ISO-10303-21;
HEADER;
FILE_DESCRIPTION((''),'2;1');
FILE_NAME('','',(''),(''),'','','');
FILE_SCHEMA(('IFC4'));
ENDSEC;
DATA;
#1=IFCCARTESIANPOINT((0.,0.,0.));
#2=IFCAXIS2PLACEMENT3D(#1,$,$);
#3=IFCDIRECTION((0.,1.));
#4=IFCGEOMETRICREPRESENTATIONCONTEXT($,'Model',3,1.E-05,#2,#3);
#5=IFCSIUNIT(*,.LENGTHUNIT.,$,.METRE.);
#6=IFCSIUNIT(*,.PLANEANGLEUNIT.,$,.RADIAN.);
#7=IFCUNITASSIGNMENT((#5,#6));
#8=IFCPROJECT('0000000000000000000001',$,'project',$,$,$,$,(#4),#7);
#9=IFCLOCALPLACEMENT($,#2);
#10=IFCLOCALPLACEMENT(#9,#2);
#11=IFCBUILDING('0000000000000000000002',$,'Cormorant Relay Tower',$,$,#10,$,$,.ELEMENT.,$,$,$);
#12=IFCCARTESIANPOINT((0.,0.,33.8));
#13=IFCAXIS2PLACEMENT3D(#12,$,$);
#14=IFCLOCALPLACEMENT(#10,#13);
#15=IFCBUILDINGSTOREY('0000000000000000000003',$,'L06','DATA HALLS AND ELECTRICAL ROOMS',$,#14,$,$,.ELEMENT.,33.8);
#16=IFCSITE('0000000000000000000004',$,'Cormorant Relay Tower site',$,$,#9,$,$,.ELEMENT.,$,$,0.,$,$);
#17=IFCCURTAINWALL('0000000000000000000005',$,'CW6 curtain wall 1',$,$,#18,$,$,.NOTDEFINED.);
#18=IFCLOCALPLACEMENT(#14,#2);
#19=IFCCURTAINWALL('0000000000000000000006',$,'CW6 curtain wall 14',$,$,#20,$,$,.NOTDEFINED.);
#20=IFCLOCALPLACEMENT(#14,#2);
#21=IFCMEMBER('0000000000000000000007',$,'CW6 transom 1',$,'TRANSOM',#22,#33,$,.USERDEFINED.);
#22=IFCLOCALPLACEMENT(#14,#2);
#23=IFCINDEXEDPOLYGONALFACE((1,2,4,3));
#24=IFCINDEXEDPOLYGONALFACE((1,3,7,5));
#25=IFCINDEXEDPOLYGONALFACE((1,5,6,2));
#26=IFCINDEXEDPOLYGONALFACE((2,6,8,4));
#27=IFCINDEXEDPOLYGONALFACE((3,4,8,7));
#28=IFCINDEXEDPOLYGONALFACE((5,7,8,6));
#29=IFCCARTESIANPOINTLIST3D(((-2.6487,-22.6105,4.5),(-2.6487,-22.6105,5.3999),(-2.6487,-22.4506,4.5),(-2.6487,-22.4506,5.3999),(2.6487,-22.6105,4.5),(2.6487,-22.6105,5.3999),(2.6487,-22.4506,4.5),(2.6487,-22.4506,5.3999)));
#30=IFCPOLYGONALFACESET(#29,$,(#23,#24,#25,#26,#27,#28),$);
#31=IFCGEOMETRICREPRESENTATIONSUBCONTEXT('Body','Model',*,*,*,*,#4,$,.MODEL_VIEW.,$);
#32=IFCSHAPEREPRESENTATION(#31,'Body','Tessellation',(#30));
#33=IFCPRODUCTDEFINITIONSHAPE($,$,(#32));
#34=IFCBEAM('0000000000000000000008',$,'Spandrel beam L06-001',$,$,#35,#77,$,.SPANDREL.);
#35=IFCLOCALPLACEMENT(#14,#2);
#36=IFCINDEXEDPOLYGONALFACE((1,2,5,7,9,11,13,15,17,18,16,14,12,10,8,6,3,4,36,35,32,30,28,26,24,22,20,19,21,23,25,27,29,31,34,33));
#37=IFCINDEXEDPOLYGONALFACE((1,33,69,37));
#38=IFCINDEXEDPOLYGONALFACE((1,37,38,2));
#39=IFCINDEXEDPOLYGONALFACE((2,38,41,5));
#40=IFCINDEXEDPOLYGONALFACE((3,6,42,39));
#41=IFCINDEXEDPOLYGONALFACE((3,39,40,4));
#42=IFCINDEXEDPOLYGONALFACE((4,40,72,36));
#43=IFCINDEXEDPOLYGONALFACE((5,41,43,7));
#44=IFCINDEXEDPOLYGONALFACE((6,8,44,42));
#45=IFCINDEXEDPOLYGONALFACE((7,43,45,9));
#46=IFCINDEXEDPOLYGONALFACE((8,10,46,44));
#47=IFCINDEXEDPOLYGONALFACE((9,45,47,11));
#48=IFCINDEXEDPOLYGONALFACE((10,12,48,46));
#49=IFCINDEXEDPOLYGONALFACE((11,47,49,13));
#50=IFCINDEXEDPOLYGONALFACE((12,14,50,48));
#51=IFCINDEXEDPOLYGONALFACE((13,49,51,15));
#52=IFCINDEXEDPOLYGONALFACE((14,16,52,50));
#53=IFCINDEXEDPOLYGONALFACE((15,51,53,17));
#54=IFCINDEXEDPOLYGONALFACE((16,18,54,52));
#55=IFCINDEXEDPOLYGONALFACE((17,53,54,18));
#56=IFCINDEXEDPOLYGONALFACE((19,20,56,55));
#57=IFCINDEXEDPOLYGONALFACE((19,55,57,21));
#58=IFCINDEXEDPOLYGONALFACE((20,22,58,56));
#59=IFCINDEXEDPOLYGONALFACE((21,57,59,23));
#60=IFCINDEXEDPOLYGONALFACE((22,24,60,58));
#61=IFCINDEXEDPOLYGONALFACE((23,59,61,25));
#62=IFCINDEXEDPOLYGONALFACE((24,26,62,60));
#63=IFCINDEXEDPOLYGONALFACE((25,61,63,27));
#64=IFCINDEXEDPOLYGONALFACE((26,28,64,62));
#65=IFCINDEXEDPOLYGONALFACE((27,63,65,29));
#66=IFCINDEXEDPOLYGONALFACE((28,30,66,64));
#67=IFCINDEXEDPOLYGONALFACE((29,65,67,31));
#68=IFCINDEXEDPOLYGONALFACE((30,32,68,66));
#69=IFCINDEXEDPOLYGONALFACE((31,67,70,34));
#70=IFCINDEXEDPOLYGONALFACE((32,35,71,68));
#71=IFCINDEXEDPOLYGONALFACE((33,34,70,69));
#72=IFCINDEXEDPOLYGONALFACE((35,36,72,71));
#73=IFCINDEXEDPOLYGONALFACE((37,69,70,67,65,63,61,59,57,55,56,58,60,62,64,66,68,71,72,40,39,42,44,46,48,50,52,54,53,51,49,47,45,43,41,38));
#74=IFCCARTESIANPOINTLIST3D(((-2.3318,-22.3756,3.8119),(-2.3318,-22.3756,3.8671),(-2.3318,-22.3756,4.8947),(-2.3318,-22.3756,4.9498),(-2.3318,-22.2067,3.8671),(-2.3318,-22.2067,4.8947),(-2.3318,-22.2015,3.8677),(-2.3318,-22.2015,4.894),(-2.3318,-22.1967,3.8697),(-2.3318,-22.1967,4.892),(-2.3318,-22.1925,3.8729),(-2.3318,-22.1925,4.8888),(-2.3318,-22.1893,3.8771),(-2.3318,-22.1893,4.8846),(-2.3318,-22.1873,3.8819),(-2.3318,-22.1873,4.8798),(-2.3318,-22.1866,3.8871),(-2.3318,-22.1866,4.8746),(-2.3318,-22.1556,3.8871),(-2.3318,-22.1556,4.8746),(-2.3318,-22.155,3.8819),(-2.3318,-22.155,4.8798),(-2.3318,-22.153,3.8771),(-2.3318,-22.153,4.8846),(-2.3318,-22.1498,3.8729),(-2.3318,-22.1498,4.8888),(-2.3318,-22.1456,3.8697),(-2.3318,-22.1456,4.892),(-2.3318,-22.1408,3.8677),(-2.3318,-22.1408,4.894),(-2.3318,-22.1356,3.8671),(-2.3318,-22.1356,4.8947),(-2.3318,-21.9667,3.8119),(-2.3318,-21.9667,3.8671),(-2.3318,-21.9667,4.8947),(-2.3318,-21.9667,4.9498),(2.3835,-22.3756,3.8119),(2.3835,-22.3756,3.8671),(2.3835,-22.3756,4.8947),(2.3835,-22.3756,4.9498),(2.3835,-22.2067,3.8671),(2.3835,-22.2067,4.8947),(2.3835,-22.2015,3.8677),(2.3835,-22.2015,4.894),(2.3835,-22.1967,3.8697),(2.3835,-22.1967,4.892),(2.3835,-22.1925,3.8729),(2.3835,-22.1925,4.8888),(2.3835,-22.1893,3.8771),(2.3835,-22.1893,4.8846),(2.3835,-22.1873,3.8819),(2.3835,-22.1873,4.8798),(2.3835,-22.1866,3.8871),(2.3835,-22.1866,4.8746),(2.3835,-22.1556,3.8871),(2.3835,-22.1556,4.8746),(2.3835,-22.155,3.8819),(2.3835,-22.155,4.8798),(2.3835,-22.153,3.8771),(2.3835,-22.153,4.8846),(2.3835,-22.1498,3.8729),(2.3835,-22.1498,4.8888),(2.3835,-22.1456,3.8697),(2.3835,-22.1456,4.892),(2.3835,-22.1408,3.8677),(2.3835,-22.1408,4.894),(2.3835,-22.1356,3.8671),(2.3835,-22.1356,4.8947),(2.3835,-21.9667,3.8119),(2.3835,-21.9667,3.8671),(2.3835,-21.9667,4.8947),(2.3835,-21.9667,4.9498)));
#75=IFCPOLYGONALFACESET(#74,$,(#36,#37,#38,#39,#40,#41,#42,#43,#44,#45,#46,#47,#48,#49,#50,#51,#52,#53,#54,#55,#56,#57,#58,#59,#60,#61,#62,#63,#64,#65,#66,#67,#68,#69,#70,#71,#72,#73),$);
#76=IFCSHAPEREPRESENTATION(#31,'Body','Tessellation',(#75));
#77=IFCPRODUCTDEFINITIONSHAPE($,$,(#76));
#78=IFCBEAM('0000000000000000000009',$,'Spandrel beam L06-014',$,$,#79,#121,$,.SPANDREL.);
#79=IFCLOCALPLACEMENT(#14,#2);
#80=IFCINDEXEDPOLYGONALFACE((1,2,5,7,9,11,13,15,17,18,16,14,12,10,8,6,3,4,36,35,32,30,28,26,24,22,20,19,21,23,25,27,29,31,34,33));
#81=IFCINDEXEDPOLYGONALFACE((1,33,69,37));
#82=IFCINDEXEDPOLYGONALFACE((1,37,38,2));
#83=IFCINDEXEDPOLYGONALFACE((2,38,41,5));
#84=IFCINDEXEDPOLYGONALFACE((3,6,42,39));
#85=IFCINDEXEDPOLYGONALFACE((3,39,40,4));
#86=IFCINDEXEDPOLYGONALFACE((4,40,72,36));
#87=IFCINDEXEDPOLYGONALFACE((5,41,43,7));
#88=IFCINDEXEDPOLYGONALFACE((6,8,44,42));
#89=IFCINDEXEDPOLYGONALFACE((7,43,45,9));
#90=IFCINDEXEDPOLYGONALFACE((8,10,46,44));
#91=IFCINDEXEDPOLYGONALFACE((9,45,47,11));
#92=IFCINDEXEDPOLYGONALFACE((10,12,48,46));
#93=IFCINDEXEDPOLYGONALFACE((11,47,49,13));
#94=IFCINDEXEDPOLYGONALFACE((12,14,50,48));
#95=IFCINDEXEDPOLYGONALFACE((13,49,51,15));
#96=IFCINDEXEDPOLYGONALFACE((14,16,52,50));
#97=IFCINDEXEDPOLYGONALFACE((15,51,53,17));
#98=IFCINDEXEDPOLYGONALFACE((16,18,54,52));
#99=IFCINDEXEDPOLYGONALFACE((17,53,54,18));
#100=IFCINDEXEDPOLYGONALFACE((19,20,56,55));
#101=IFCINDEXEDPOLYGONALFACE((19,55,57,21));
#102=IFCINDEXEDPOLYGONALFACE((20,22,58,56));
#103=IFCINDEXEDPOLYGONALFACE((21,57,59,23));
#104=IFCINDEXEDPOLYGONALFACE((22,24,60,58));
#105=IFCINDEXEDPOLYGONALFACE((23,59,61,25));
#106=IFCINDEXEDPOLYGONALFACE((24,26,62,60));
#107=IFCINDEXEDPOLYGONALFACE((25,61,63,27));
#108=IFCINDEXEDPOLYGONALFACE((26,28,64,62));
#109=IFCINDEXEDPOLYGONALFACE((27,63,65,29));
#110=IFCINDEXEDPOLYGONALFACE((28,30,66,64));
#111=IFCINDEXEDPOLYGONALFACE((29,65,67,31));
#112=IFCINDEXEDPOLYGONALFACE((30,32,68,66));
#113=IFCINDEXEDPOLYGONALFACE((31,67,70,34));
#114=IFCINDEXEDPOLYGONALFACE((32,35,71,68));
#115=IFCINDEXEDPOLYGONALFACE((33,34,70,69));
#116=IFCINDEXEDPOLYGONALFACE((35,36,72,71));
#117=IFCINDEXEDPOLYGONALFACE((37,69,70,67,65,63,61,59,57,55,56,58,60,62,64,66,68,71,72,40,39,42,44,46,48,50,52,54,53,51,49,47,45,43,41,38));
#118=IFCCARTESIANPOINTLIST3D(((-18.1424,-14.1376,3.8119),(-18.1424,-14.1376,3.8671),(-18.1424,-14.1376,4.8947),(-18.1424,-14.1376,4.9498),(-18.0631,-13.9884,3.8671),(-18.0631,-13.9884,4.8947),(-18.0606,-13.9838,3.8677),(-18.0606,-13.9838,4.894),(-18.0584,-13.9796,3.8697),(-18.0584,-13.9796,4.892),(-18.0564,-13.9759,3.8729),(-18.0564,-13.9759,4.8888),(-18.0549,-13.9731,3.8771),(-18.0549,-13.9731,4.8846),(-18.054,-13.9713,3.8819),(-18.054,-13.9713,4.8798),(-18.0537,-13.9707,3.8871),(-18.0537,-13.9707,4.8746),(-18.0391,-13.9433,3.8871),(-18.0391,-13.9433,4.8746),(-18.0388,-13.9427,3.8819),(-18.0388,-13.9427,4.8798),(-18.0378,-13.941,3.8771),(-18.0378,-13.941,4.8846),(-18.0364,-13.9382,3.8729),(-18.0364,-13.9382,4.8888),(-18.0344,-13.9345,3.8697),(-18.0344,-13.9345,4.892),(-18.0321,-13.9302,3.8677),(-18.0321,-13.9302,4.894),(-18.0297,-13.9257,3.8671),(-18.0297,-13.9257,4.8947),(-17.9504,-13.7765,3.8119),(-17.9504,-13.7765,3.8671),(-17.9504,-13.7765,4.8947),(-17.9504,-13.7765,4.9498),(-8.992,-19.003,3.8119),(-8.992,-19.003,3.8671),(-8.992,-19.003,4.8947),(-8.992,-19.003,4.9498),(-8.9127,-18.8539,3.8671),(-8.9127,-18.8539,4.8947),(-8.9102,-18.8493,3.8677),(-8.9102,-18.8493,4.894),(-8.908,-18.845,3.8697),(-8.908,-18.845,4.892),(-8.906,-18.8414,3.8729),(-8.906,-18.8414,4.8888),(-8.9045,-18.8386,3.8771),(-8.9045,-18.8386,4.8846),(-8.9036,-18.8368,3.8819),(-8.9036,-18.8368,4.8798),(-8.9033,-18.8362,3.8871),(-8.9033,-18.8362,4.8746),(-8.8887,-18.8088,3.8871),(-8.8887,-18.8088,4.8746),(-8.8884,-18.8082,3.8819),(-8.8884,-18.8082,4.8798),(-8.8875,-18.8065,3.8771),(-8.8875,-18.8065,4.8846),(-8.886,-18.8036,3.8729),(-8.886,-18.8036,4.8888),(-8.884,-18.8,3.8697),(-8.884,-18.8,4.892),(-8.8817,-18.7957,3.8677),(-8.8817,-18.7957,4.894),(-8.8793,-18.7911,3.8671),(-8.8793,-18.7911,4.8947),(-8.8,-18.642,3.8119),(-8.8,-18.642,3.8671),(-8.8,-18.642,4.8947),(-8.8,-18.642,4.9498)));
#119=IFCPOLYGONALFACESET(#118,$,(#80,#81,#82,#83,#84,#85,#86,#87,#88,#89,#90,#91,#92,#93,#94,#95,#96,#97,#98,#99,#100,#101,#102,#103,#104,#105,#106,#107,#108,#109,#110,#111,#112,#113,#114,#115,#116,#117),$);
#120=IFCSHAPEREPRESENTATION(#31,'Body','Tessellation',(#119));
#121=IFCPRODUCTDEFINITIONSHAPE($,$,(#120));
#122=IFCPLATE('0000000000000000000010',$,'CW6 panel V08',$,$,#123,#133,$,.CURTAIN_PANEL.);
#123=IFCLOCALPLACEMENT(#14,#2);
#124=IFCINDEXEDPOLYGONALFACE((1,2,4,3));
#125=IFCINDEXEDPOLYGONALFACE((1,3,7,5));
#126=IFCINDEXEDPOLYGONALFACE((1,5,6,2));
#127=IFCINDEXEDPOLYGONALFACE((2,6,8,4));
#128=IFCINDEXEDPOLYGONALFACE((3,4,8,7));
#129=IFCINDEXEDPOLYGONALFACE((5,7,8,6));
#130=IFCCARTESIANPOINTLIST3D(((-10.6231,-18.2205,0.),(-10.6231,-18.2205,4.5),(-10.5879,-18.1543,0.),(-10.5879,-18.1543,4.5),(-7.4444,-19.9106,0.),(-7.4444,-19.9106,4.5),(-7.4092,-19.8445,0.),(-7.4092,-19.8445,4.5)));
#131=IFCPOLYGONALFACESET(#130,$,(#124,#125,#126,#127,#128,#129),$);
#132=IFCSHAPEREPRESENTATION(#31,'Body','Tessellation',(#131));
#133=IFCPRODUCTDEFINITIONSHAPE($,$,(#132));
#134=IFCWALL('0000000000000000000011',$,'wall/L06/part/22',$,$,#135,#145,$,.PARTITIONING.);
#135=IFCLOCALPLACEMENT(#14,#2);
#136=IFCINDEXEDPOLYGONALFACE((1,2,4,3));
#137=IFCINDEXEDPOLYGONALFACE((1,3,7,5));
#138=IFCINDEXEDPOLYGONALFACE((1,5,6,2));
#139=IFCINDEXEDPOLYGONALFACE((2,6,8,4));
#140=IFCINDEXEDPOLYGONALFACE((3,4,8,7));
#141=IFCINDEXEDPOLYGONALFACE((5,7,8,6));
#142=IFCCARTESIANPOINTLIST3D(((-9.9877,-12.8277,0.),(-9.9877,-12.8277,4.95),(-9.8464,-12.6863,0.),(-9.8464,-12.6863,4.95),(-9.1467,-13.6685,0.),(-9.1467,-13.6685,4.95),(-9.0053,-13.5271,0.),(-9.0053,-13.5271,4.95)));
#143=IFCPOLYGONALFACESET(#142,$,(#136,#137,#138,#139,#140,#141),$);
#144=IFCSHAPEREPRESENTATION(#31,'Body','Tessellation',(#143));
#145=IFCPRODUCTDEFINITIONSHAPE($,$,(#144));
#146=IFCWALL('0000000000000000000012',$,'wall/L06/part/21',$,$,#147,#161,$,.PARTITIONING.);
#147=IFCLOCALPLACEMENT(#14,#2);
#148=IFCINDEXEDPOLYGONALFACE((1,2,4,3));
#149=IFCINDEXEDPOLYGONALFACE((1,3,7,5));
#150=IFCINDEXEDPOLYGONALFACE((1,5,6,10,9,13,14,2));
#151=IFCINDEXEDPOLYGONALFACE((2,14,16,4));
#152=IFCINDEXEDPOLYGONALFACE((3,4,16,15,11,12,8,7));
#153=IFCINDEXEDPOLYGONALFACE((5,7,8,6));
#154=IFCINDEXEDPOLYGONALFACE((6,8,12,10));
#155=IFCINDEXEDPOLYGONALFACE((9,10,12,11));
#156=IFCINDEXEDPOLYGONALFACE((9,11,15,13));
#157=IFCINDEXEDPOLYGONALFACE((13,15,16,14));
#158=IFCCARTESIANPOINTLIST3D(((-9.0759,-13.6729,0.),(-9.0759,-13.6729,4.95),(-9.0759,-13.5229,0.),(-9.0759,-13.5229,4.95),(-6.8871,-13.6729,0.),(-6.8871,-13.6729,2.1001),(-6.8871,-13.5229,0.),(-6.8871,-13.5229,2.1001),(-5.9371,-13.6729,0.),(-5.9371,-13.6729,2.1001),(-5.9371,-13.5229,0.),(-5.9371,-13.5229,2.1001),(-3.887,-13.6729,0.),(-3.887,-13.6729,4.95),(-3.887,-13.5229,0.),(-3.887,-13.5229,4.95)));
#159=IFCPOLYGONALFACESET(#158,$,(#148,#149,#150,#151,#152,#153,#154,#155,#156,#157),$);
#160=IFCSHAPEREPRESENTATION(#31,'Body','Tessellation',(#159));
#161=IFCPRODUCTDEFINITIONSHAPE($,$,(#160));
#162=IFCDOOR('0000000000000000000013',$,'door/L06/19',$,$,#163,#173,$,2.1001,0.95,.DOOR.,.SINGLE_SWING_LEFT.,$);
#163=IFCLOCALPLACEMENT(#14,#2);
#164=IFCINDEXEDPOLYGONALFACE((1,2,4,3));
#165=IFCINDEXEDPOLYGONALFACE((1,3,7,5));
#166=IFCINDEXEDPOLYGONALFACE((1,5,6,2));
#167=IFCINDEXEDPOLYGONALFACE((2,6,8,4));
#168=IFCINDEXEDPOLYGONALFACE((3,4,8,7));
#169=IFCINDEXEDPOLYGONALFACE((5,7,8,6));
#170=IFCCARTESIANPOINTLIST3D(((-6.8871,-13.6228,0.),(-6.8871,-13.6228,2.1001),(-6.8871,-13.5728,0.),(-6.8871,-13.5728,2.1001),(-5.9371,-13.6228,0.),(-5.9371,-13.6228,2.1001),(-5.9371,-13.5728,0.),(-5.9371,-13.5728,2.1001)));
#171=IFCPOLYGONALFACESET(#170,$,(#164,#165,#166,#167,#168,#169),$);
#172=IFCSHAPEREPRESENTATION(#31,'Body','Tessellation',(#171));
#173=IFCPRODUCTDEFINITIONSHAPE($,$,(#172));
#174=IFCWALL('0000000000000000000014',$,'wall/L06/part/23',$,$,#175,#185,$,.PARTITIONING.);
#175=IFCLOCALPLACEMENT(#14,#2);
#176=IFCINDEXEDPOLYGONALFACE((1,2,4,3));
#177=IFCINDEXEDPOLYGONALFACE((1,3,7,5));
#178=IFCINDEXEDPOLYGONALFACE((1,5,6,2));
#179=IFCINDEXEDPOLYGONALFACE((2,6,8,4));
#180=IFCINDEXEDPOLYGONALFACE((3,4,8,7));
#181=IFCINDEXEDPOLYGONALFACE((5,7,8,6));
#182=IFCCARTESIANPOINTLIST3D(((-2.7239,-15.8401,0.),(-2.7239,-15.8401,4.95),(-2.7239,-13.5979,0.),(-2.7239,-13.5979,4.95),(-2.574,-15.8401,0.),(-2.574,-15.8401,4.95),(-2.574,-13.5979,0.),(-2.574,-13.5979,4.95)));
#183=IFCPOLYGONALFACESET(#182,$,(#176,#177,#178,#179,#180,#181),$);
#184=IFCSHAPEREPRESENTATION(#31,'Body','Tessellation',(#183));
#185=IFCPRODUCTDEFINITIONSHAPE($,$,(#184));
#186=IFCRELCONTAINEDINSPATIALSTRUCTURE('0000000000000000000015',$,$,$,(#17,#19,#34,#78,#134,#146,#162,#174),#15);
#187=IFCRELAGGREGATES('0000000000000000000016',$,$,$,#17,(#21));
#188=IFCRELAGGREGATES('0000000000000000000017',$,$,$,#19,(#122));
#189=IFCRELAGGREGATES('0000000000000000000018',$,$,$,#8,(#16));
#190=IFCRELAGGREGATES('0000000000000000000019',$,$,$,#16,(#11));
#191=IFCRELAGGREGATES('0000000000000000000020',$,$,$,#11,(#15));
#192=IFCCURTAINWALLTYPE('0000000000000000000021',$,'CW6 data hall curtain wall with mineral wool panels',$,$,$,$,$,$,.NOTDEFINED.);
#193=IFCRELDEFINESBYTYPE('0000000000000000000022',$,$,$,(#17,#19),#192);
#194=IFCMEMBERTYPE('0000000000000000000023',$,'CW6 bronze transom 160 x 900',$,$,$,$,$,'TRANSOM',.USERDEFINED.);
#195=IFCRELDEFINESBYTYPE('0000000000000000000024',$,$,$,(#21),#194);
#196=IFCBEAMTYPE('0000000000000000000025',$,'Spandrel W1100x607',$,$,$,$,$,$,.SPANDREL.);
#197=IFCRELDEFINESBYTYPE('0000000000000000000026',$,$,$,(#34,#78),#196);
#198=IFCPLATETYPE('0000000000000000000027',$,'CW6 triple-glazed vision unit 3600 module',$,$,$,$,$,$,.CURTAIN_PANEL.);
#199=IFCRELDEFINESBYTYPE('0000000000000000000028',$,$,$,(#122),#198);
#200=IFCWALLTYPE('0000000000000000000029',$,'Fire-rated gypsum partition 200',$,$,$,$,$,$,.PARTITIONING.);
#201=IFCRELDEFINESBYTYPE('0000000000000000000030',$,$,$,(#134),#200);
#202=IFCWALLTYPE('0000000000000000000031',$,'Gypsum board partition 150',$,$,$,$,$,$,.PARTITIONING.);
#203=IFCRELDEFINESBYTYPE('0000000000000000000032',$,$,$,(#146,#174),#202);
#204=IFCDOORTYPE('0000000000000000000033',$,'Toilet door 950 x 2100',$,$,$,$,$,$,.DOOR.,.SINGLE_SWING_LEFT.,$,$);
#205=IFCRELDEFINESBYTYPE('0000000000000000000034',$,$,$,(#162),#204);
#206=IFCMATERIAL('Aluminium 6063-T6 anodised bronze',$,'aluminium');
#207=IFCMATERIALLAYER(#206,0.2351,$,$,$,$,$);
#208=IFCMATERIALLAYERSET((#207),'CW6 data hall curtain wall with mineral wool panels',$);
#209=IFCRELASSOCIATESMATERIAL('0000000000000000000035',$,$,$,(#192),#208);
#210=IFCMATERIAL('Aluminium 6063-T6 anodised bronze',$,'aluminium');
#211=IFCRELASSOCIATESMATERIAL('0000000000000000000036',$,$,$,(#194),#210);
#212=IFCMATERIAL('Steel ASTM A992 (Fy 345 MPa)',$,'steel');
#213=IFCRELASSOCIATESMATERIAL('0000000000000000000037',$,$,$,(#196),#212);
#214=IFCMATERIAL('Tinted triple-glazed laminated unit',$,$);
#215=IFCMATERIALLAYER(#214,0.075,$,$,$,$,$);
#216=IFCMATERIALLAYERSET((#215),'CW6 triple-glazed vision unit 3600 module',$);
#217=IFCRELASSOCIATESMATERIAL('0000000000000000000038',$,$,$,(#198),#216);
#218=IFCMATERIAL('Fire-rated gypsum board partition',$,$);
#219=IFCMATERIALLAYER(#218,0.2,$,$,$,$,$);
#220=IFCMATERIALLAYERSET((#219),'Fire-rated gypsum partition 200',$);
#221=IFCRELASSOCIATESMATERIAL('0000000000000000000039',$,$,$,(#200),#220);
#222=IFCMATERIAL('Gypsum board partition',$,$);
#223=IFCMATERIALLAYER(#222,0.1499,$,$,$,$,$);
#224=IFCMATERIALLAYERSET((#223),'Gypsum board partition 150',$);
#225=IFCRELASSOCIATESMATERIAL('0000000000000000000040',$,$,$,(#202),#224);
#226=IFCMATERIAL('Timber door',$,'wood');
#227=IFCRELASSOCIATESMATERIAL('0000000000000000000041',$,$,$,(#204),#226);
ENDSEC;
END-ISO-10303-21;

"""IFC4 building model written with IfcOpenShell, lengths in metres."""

from ifc_helpers import new_model, si_unit, direction, frame, frame_2d, origin, origin_2d, place, context, subcontext, project, spatial, rectangle, i_section, extrude, material, layer, layer_set, material_profile, profile_set, type_object, element, fill, aggregate, save


model = new_model("IFC4")

# Units and contexts
model_context = context("Model", 3, precision=1e-05, world=origin(), true_north=direction((0.0, 1.0)))
body_context = subcontext(model_context, "Body", "Model", "MODEL_VIEW")
ifc_project = project(units=[si_unit("LENGTHUNIT", "METRE"), si_unit("PLANEANGLEUNIT", "RADIAN")], contexts=[model_context])

# Site, building, storey
site_placement = place(None, origin())
site = spatial("IfcSite", under=ifc_project, at=site_placement, Name="Cormorant Relay Tower site", CompositionType="ELEMENT", RefElevation=0.0)
building_placement = place(site_placement, origin())
building = spatial("IfcBuilding", under=site, at=building_placement, Name="Cormorant Relay Tower", CompositionType="ELEMENT")
storey_placement = place(building_placement, frame((0.0, 0.0, 33.8)))
storey = spatial("IfcBuildingStorey", under=building, at=storey_placement, Name="L06", Description="DATA HALLS AND ELECTRICAL ROOMS", CompositionType="ELEMENT", Elevation=33.8)

# Curtain wall
ifc_material_1 = material(Name="Aluminium 6063-T6 anodised bronze", Category="aluminium")
ifc_layer_1 = layer(ifc_material_1, 0.2351)
ifc_layer_set_1 = layer_set([ifc_layer_1], Name="CW6 data hall curtain wall with mineral wool panels")
curtain_wall_type = type_object("IfcCurtainWallType", Name="CW6 data hall curtain wall with mineral wool panels", PredefinedType="NOTDEFINED", material=ifc_layer_set_1)
curtain_wall_1_placement = place(storey_placement, origin())
curtain_wall_1 = element("IfcCurtainWall", 1, at=curtain_wall_1_placement, inside=storey, type_object=curtain_wall_type, Name="CW6 curtain wall 1", PredefinedType="NOTDEFINED")

# Curtain wall
curtain_wall_2_placement = place(storey_placement, origin())
curtain_wall_2 = element("IfcCurtainWall", 2, at=curtain_wall_2_placement, inside=storey, type_object=curtain_wall_type, Name="CW6 curtain wall 14", PredefinedType="NOTDEFINED")

# Member
ifc_material_2 = material(Name="Aluminium 6063-T6 anodised bronze", Category="aluminium")
ifc_material_profile_1 = material_profile(ifc_material_2, rectangle(XDim=0.1599, YDim=0.8999, at=origin_2d()), Name="AL 160x900")
ifc_profile_set_1 = profile_set([ifc_material_profile_1], Name="Aluminium 6063-T6 anodised bronze")
member_type_1 = type_object("IfcMemberType", Name="CW6 bronze transom 160 x 900", ElementType="TRANSOM", PredefinedType="USERDEFINED", material=ifc_profile_set_1)
member_1_placement = place(storey_placement, frame((-2.6487, -22.5305, 4.95), z_axis=(1.0, 0.0, 0.0), x_axis=(0.0, 1.0, 0.0)))
member_1 = element("IfcMember", 3, at=member_1_placement, type_object=member_type_1, Name="CW6 transom 1", ObjectType="TRANSOM", PredefinedType="USERDEFINED", context=body_context, shape_type="SweptSolid", body=[
    extrude(rectangle(XDim=0.1599, YDim=0.8999, at=origin_2d()), origin(), (0.0, 0.0, 1.0), 5.2974),
])
aggregate(curtain_wall_1, [member_1])

# Beams
ifc_material_3 = material(Name="Steel ASTM A992 (Fy 345 MPa)", Category="steel")
ifc_material_profile_2 = material_profile(ifc_material_3, i_section(OverallWidth=0.4089, OverallDepth=1.1379, WebThickness=0.031, FlangeThickness=0.0552, FilletRadius=0.02, at=origin_2d()), Name="W1100x607")
ifc_profile_set_2 = profile_set([ifc_material_profile_2], Name="Steel ASTM A992 (Fy 345 MPa)")
beam_type = type_object("IfcBeamType", Name="Spandrel W1100x607", PredefinedType="SPANDREL", material=ifc_profile_set_2)
beam_1_placement = place(storey_placement, frame((-2.3318, -22.1711, 4.3809), z_axis=(1.0, 0.0, 0.0), x_axis=(0.0, 1.0, 0.0)))
element("IfcBeam", 4, at=beam_1_placement, inside=storey, type_object=beam_type, Name="Spandrel beam L06-001", PredefinedType="SPANDREL", context=body_context, shape_type="SweptSolid", body=[
    extrude(i_section(OverallWidth=0.4089, OverallDepth=1.1379, WebThickness=0.031, FlangeThickness=0.0552, FilletRadius=0.02, at=origin_2d()), origin(), (0.0, 0.0, 1.0), 4.7153),
])
beam_2_placement = place(storey_placement, frame((-18.0464, -13.957, 4.3809), z_axis=(0.882942, -0.469481, 0.0), x_axis=(0.469481, 0.882942, 0.0)))
element("IfcBeam", 5, at=beam_2_placement, inside=storey, type_object=beam_type, Name="Spandrel beam L06-014", PredefinedType="SPANDREL", context=body_context, shape_type="SweptSolid", body=[
    extrude(i_section(OverallWidth=0.4089, OverallDepth=1.1379, WebThickness=0.031, FlangeThickness=0.0552, FilletRadius=0.02, at=origin_2d()), origin(), (0.0, 0.0, 1.0), 10.3635),
])

# Plate
ifc_material_4 = material(Name="Tinted triple-glazed laminated unit")
ifc_layer_2 = layer(ifc_material_4, 0.075)
ifc_layer_set_2 = layer_set([ifc_layer_2], Name="CW6 triple-glazed vision unit 3600 module")
plate_type = type_object("IfcPlateType", Name="CW6 triple-glazed vision unit 3600 module", PredefinedType="CURTAIN_PANEL", material=ifc_layer_set_2)
plate_placement = place(storey_placement, frame((-9.0161, -19.0325, 0.0), z_axis=(0.0, 0.0, 1.0), x_axis=(0.882948, -0.469472, 0.0)))
plate = element("IfcPlate", 6, at=plate_placement, type_object=plate_type, Name="CW6 panel V08", PredefinedType="CURTAIN_PANEL", context=body_context, shape_type="SweptSolid", body=[
    extrude(rectangle(XDim=3.6001, YDim=0.075, at=origin_2d()), origin(), (0.0, 0.0, 1.0), 4.5),
])

# Wall
ifc_material_5 = material(Name="Fire-rated gypsum board partition")
ifc_layer_3 = layer(ifc_material_5, 0.2)
ifc_layer_set_3 = layer_set([ifc_layer_3], Name="Fire-rated gypsum partition 200")
wall_type_1 = type_object("IfcWallType", Name="Fire-rated gypsum partition 200", PredefinedType="PARTITIONING", material=ifc_layer_set_3)
wall_1_placement = place(storey_placement, frame((-9.0759, -13.5979, 0.0), z_axis=(0.0, 0.0, 1.0), x_axis=(-0.707209, 0.707004, 0.0)))
element("IfcWall", 7, at=wall_1_placement, inside=storey, type_object=wall_type_1, Name="wall/L06/part/22", PredefinedType="PARTITIONING", context=body_context, shape_type="SweptSolid", body=[
    extrude(rectangle(XDim=1.1892, YDim=0.2, at=frame_2d((0.5947, 0.0))), origin(), (0.0, 0.0, 1.0), 4.95),
])

# Wall, opening, door
ifc_material_6 = material(Name="Gypsum board partition")
ifc_layer_4 = layer(ifc_material_6, 0.1499)
ifc_layer_set_4 = layer_set([ifc_layer_4], Name="Gypsum board partition 150")
wall_type_2 = type_object("IfcWallType", Name="Gypsum board partition 150", PredefinedType="PARTITIONING", material=ifc_layer_set_4)
wall_2_placement = place(storey_placement, frame((-3.887, -13.5979, 0.0), z_axis=(0.0, 0.0, 1.0), x_axis=(-1.0, 0.0, 0.0)))
wall_2 = element("IfcWall", 8, at=wall_2_placement, inside=storey, type_object=wall_type_2, Name="wall/L06/part/21", PredefinedType="PARTITIONING", context=body_context, shape_type="SweptSolid", body=[
    extrude(rectangle(XDim=5.189, YDim=0.1499, at=frame_2d((2.5945, 0.0))), origin(), (0.0, 0.0, 1.0), 4.95),
])
opening_1_placement = place(wall_2_placement, frame((2.05, 0.0, 0.0)))
opening_1 = element("IfcOpeningElement", 9, at=opening_1_placement, cuts=wall_2, PredefinedType="OPENING", context=body_context, shape_type="SweptSolid", body=[
    extrude(rectangle(XDim=0.95, YDim=2.1001, at=frame_2d((0.4751, 1.05))), frame((0.0, 0.085, 0.0), z_axis=(0.0, -1.0, 0.0), x_axis=(1.0, 0.0, 0.0)), (0.0, 0.0, 1.0), 0.1699),
])
ifc_material_7 = material(Name="Timber door", Category="wood")
door_type_1 = type_object("IfcDoorType", Name="Toilet door 950 x 2100", OperationType="SINGLE_SWING_LEFT", PredefinedType="DOOR", material=ifc_material_7)
door_1_placement = place(opening_1_placement, origin())
door_1 = element("IfcDoor", 10, at=door_1_placement, inside=storey, type_object=door_type_1, Name="door/L06/19", OperationType="SINGLE_SWING_LEFT", OverallHeight=2.1001, OverallWidth=0.95, PredefinedType="DOOR", context=body_context, shape_type="SweptSolid", body=[
    extrude(rectangle(XDim=0.95, YDim=2.1001, at=frame_2d((0.4751, 1.05))), frame((0.0, 0.0249, 0.0), z_axis=(0.0, -1.0, 0.0), x_axis=(1.0, 0.0, 0.0)), (0.0, 0.0, 1.0), 0.05),
])
fill(opening_1, door_1)

# Wall
wall_3_placement = place(storey_placement, frame((-2.6489, -15.8401, 0.0), z_axis=(0.0, 0.0, 1.0), x_axis=(0.0, 1.0, 0.0)))
element("IfcWall", 11, at=wall_3_placement, inside=storey, type_object=wall_type_2, Name="wall/L06/part/23", PredefinedType="PARTITIONING", context=body_context, shape_type="SweptSolid", body=[
    extrude(rectangle(XDim=2.2422, YDim=0.1499, at=frame_2d((1.1211, 0.0))), origin(), (0.0, 0.0, 1.0), 4.95),
])

aggregate(curtain_wall_2, [plate])

save(model, "model.ifc")
